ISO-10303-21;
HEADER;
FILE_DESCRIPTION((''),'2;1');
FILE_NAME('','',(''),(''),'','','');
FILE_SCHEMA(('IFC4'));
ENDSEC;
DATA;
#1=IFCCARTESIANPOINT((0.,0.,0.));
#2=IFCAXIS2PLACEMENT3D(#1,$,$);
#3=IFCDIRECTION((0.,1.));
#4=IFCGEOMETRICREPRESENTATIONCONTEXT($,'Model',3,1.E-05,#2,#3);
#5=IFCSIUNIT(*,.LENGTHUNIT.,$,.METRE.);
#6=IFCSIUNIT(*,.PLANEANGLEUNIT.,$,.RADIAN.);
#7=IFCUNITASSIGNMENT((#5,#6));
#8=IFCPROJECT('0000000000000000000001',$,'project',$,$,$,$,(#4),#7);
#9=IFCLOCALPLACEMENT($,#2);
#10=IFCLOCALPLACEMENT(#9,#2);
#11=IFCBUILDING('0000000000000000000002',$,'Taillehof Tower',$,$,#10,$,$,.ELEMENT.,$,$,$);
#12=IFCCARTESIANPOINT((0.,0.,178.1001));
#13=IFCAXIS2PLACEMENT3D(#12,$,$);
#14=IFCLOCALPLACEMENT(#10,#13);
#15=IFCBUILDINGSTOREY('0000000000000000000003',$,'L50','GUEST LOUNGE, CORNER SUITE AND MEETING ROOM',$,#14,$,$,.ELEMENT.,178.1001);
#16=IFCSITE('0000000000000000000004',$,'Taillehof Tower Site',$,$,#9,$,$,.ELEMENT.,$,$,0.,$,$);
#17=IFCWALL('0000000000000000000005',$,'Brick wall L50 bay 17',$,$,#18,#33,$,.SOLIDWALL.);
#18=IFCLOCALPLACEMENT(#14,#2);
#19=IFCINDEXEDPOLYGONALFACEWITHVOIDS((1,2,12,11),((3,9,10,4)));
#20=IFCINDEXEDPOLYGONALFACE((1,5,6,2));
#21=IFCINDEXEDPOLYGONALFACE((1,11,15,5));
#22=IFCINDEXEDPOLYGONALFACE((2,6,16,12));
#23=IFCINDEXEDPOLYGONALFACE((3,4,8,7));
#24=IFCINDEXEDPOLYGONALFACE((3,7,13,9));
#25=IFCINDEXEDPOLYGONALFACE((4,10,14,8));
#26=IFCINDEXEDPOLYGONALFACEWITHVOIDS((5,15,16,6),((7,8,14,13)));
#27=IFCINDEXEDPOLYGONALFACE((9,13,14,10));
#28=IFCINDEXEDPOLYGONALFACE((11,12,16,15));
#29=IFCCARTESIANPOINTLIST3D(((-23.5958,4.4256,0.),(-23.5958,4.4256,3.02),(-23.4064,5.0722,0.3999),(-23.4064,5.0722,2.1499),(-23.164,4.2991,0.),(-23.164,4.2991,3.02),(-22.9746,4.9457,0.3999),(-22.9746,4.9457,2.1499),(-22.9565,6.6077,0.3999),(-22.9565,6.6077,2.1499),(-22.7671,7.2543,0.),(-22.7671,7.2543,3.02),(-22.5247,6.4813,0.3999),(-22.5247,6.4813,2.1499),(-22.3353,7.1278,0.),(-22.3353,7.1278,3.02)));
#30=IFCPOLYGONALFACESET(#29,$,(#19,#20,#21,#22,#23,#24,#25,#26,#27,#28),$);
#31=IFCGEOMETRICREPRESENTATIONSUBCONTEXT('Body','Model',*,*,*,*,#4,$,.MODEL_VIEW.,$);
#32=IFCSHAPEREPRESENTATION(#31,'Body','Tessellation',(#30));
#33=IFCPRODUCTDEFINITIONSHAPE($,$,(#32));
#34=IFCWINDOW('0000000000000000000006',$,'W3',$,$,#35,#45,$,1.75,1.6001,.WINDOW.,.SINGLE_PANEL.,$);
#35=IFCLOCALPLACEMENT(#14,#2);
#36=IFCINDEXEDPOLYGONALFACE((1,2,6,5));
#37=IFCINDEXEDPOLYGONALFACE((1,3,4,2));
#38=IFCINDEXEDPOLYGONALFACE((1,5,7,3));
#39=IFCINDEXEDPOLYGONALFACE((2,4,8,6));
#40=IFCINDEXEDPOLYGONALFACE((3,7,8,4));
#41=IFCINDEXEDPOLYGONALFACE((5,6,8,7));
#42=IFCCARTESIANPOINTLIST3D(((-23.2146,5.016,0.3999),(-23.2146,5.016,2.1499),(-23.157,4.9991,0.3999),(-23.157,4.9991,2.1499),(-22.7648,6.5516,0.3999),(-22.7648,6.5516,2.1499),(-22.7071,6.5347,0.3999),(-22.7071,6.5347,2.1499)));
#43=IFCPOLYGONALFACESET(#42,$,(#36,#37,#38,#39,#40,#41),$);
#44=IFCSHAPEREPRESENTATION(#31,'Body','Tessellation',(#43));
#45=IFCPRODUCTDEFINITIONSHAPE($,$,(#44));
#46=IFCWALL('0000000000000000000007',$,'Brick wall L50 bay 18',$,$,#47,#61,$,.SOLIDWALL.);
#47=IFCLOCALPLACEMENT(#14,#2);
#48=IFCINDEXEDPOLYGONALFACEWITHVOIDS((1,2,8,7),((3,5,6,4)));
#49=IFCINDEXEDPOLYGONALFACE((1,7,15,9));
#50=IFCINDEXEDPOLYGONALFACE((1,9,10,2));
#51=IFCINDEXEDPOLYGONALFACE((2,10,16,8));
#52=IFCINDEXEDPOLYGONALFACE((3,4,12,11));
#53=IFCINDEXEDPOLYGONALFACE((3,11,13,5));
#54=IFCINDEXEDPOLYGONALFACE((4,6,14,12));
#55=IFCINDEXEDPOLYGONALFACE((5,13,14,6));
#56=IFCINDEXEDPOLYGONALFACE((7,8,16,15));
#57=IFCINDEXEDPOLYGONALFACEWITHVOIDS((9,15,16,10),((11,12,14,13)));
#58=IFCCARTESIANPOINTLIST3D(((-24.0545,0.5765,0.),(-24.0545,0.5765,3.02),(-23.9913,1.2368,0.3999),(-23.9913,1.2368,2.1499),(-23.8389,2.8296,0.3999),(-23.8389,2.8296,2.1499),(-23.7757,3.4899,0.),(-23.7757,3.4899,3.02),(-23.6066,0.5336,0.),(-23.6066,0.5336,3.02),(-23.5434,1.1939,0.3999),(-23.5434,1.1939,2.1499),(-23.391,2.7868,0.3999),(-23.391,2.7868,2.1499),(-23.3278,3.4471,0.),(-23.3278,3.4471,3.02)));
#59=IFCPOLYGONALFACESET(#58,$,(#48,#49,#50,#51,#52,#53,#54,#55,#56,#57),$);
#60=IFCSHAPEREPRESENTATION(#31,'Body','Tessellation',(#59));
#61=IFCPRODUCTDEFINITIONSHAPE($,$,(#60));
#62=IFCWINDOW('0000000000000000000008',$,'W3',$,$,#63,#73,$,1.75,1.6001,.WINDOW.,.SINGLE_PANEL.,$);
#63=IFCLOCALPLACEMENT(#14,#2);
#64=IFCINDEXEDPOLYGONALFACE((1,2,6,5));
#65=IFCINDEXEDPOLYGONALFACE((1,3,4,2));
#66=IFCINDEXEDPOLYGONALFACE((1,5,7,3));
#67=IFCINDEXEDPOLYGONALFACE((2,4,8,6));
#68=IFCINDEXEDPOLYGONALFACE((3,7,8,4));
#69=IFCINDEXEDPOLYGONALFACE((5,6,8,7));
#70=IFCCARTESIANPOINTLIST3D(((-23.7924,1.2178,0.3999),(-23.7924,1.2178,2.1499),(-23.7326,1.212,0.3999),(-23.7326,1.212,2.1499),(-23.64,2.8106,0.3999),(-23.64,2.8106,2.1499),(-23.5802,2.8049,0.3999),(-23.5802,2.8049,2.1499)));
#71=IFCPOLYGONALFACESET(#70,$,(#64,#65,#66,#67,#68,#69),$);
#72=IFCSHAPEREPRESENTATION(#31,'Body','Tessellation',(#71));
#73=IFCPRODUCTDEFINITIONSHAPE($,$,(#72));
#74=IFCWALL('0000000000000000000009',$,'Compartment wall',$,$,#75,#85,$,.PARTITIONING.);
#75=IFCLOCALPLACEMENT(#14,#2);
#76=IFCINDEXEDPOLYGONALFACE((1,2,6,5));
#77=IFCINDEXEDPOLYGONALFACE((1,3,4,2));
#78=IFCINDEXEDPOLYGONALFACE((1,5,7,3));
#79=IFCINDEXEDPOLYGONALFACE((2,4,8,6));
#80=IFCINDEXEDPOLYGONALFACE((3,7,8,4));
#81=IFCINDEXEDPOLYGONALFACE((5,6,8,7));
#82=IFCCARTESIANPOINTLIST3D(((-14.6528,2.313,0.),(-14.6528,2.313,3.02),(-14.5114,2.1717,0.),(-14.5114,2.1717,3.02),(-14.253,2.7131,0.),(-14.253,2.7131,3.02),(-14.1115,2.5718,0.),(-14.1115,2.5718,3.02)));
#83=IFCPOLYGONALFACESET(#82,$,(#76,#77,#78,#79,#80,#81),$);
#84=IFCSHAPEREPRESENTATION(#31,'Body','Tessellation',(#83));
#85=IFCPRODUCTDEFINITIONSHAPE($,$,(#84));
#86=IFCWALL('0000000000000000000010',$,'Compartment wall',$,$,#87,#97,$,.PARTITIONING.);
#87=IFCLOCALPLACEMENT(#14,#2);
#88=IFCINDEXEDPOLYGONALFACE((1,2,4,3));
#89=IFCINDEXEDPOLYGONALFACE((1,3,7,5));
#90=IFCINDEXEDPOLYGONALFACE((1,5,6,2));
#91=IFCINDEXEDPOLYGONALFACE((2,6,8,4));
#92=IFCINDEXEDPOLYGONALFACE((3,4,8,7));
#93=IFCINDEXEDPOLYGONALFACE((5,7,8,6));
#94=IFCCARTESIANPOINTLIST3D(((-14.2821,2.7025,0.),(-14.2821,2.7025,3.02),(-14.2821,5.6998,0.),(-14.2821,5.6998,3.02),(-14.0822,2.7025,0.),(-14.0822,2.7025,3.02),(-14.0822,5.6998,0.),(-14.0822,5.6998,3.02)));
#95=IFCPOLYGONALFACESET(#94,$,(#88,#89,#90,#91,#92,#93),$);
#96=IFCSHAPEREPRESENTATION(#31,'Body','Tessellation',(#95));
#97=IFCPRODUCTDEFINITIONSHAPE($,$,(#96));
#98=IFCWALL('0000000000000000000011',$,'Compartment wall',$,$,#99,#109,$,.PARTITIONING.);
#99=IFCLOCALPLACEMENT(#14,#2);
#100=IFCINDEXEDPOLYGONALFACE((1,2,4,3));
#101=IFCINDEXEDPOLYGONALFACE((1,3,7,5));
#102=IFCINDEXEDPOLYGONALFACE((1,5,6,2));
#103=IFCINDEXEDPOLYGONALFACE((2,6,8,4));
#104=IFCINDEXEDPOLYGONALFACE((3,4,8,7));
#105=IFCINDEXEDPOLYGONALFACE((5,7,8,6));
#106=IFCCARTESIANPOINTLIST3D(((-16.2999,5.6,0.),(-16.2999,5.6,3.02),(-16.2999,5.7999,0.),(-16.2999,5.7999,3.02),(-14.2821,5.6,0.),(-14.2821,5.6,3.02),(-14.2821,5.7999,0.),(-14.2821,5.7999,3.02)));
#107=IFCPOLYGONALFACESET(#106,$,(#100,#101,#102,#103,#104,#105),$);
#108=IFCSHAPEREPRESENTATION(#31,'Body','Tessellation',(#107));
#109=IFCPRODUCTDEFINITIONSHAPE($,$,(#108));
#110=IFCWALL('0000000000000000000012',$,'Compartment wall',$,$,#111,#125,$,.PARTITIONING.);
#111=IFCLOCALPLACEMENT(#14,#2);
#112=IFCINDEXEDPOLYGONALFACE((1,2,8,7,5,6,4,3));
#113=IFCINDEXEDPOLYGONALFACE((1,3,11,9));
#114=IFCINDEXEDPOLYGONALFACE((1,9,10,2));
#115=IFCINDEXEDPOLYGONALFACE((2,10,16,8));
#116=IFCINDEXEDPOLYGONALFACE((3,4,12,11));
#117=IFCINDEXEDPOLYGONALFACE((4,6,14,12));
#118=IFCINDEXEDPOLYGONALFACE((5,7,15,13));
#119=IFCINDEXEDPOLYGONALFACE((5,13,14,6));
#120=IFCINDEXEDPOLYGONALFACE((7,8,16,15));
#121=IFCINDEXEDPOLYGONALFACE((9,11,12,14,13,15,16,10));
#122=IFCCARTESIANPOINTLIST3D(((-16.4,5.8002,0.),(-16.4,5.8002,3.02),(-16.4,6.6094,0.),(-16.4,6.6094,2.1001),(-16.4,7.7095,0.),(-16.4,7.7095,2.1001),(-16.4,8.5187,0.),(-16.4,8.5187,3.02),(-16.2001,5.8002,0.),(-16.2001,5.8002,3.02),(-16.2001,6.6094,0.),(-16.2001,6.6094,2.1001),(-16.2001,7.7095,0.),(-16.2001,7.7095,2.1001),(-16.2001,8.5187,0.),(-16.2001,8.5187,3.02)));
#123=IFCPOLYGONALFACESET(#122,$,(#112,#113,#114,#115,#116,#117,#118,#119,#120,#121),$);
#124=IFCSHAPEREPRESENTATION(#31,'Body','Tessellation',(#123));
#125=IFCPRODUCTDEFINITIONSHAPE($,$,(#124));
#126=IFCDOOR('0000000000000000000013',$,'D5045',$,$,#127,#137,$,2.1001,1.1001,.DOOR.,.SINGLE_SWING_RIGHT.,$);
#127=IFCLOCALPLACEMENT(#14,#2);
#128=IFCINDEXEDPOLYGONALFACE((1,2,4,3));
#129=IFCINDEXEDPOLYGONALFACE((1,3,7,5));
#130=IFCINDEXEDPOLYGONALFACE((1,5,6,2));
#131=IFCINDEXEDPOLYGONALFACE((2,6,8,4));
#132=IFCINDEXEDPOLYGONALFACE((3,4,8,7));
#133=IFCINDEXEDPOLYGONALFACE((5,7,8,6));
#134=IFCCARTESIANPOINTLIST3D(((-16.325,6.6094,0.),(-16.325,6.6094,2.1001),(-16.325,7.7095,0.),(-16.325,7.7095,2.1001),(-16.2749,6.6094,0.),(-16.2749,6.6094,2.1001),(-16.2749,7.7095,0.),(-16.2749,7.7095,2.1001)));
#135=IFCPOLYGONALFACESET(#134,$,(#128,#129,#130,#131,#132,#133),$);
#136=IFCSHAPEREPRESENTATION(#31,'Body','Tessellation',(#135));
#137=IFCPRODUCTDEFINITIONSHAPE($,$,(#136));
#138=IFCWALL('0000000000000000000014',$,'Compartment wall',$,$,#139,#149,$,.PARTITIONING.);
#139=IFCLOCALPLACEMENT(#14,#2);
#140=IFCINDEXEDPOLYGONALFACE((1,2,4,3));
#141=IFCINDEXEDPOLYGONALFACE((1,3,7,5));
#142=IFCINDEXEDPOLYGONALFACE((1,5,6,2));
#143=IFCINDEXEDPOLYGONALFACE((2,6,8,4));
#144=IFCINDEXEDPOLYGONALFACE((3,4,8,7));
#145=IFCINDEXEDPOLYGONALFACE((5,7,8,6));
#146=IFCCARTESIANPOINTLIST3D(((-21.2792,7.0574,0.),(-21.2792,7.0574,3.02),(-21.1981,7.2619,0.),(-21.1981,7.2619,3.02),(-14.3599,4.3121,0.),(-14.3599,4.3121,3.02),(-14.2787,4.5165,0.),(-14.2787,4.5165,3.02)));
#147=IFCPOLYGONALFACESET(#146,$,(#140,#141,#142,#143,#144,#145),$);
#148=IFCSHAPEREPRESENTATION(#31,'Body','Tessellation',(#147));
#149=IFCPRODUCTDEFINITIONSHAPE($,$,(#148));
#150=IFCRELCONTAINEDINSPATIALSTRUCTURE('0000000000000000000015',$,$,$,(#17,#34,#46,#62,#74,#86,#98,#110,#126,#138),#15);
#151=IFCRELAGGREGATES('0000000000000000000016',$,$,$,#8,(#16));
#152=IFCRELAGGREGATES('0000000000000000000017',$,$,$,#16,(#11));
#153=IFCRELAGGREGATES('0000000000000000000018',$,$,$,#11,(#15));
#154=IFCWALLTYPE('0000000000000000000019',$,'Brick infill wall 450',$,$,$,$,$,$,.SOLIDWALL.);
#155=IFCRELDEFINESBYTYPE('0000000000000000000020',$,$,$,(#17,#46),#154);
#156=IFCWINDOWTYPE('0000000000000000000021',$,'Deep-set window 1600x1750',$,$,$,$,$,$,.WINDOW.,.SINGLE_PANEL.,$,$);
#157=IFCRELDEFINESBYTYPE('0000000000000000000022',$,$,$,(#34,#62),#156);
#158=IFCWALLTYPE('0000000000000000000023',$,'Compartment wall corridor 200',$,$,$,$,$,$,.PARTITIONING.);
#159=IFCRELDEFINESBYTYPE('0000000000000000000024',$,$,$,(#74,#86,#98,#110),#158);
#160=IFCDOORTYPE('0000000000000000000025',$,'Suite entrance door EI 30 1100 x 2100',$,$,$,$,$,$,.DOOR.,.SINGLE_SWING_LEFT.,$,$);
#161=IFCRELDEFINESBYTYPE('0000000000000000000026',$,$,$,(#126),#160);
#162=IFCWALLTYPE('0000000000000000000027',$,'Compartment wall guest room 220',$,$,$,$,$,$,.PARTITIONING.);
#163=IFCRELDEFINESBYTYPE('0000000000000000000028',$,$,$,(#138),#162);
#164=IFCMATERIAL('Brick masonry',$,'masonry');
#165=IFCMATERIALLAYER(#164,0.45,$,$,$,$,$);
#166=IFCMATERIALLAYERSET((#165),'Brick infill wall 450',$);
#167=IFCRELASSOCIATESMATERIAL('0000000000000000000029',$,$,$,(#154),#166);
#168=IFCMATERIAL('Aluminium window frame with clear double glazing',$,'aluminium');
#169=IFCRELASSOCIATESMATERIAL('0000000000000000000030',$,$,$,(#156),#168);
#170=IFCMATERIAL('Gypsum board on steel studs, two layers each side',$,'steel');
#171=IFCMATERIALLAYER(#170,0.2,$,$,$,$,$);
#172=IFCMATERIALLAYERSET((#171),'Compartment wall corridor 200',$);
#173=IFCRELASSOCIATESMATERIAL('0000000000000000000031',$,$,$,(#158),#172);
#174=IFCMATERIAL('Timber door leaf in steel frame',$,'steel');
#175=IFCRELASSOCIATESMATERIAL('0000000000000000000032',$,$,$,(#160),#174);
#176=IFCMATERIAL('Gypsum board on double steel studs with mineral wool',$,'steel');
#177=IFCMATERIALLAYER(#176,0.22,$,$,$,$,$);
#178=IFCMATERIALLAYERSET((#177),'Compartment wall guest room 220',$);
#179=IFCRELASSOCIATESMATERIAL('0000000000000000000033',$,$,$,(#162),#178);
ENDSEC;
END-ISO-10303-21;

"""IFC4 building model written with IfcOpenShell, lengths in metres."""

from ifc_helpers import new_model, si_unit, direction, frame, frame_2d, origin, place, context, subcontext, project, spatial, rectangle, extrude, material, layer, layer_set, type_object, element, fill, save


model = new_model("IFC4")

# Units and contexts
model_context = context("Model", 3, precision=1e-05, world=origin(), true_north=direction((0.0, 1.0)))
body_context = subcontext(model_context, "Body", "Model", "MODEL_VIEW")
ifc_project = project(units=[si_unit("LENGTHUNIT", "METRE"), si_unit("PLANEANGLEUNIT", "RADIAN")], contexts=[model_context])

# Site, building, storey
site_placement = place(None, origin())
site = spatial("IfcSite", under=ifc_project, at=site_placement, Name="Taillehof Tower Site", CompositionType="ELEMENT", RefElevation=0.0)
building_placement = place(site_placement, origin())
building = spatial("IfcBuilding", under=site, at=building_placement, Name="Taillehof Tower", CompositionType="ELEMENT")
storey_placement = place(building_placement, frame((0.0, 0.0, 178.1001)))
storey = spatial("IfcBuildingStorey", under=building, at=storey_placement, Name="L50", Description="GUEST LOUNGE, CORNER SUITE AND MEETING ROOM", CompositionType="ELEMENT", Elevation=178.1001)

# Walls, openings, windows
ifc_material_1 = material(Name="Brick masonry", Category="masonry")
ifc_layer_1 = layer(ifc_material_1, 0.45)
ifc_layer_set_1 = layer_set([ifc_layer_1], Name="Brick infill wall 450")
wall_type_1 = type_object("IfcWallType", Name="Brick infill wall 450", PredefinedType="SOLIDWALL", material=ifc_layer_set_1)
wall_1_placement = place(storey_placement, frame((-22.5513, 7.1909, 0.0), z_axis=(0.0, 0.0, 1.0), x_axis=(-0.281126, -0.959671, 0.0)))
wall_1 = element("IfcWall", 1, at=wall_1_placement, inside=storey, type_object=wall_type_1, Name="Brick wall L50 bay 17", PredefinedType="SOLIDWALL", context=body_context, shape_type="SweptSolid", body=[
    extrude(rectangle(XDim=2.9475, YDim=0.45, at=frame_2d((1.4736, 0.0))), origin(), (0.0, 0.0, 1.0), 3.02),
])
opening_1_placement = place(wall_1_placement, frame((0.6736, 0.0, 0.3999)))
opening_1 = element("IfcOpeningElement", 2, at=opening_1_placement, cuts=wall_1, PredefinedType="OPENING", context=body_context, shape_type="SweptSolid", body=[
    extrude(rectangle(XDim=1.6001, YDim=1.75, at=frame_2d((0.8, 0.875))), frame((0.0, 0.2349, 0.0), z_axis=(0.0, -1.0, 0.0), x_axis=(1.0, 0.0, 0.0)), (0.0, 0.0, 1.0), 0.47),
])
ifc_material_2 = material(Name="Aluminium window frame with clear double glazing", Category="aluminium")
window_type = type_object("IfcWindowType", Name="Deep-set window 1600x1750", PartitioningType="SINGLE_PANEL", PredefinedType="WINDOW", material=ifc_material_2)
window_1_placement = place(opening_1_placement, origin())
window_1 = element("IfcWindow", 3, at=window_1_placement, inside=storey, type_object=window_type, Name="W3", OverallHeight=1.75, OverallWidth=1.6001, PartitioningType="SINGLE_PANEL", PredefinedType="WINDOW", context=body_context, shape_type="SweptSolid", body=[
    extrude(rectangle(XDim=1.6001, YDim=1.75, at=frame_2d((0.8, 0.875))), frame((0.0, 0.0349, 0.0), z_axis=(0.0, -1.0, 0.0), x_axis=(1.0, 0.0, 0.0)), (0.0, 0.0, 1.0), 0.0601),
])
fill(opening_1, window_1)
wall_2_placement = place(storey_placement, frame((-23.5518, 3.4685, 0.0), z_axis=(0.0, 0.0, 1.0), x_axis=(-0.095266, -0.995452, 0.0)))
wall_2 = element("IfcWall", 4, at=wall_2_placement, inside=storey, type_object=wall_type_1, Name="Brick wall L50 bay 18", PredefinedType="SOLIDWALL", context=body_context, shape_type="SweptSolid", body=[
    extrude(rectangle(XDim=2.9268, YDim=0.45, at=frame_2d((1.4634, 0.0))), origin(), (0.0, 0.0, 1.0), 3.02),
])
opening_2_placement = place(wall_2_placement, frame((0.6633, 0.0, 0.3999)))
opening_2 = element("IfcOpeningElement", 5, at=opening_2_placement, cuts=wall_2, PredefinedType="OPENING", context=body_context, shape_type="SweptSolid", body=[
    extrude(rectangle(XDim=1.6001, YDim=1.75, at=frame_2d((0.8, 0.875))), frame((0.0, 0.2349, 0.0), z_axis=(0.0, -1.0, 0.0), x_axis=(1.0, 0.0, 0.0)), (0.0, 0.0, 1.0), 0.47),
])
window_2_placement = place(opening_2_placement, origin())
window_2 = element("IfcWindow", 6, at=window_2_placement, inside=storey, type_object=window_type, Name="W3", OverallHeight=1.75, OverallWidth=1.6001, PartitioningType="SINGLE_PANEL", PredefinedType="WINDOW", context=body_context, shape_type="SweptSolid", body=[
    extrude(rectangle(XDim=1.6001, YDim=1.75, at=frame_2d((0.8, 0.875))), frame((0.0, 0.0349, 0.0), z_axis=(0.0, -1.0, 0.0), x_axis=(1.0, 0.0, 0.0)), (0.0, 0.0, 1.0), 0.0601),
])
fill(opening_2, window_2)

# Walls
ifc_material_3 = material(Name="Gypsum board on steel studs, two layers each side", Category="steel")
ifc_layer_2 = layer(ifc_material_3, 0.2)
ifc_layer_set_2 = layer_set([ifc_layer_2], Name="Compartment wall corridor 200")
wall_type_2 = type_object("IfcWallType", Name="Compartment wall corridor 200", PredefinedType="PARTITIONING", material=ifc_layer_set_2)
wall_3_placement = place(storey_placement, frame((-14.582, 2.2424, 0.0), z_axis=(0.0, 0.0, 1.0), x_axis=(0.706891, 0.707323, 0.0)))
element("IfcWall", 7, at=wall_3_placement, inside=storey, type_object=wall_type_2, Name="Compartment wall", PredefinedType="PARTITIONING", context=body_context, shape_type="SweptSolid", body=[
    extrude(rectangle(XDim=0.5657, YDim=0.2, at=frame_2d((0.2827, 0.0))), origin(), (0.0, 0.0, 1.0), 3.02),
])
wall_4_placement = place(storey_placement, frame((-14.1821, 2.7026, 0.0), z_axis=(0.0, 0.0, 1.0), x_axis=(0.0, 1.0, 0.0)))
element("IfcWall", 8, at=wall_4_placement, inside=storey, type_object=wall_type_2, Name="Compartment wall", PredefinedType="PARTITIONING", context=body_context, shape_type="SweptSolid", body=[
    extrude(rectangle(XDim=2.9973, YDim=0.2, at=frame_2d((1.4985, 0.0))), origin(), (0.0, 0.0, 1.0), 3.02),
])
wall_5_placement = place(storey_placement, frame((-14.2822, 5.7, 0.0), z_axis=(0.0, 0.0, 1.0), x_axis=(-1.0, 0.0, 0.0)))
element("IfcWall", 9, at=wall_5_placement, inside=storey, type_object=wall_type_2, Name="Compartment wall", PredefinedType="PARTITIONING", context=body_context, shape_type="SweptSolid", body=[
    extrude(rectangle(XDim=2.0178, YDim=0.2, at=frame_2d((1.0088, 0.0))), origin(), (0.0, 0.0, 1.0), 3.02),
])

# Wall, opening, door
wall_6_placement = place(storey_placement, frame((-16.3, 5.8, 0.0), z_axis=(0.0, 0.0, 1.0), x_axis=(0.0, 1.0, 0.0)))
wall_6 = element("IfcWall", 10, at=wall_6_placement, inside=storey, type_object=wall_type_2, Name="Compartment wall", PredefinedType="PARTITIONING", context=body_context, shape_type="SweptSolid", body=[
    extrude(rectangle(XDim=2.7185, YDim=0.2, at=frame_2d((1.3594, 0.0))), origin(), (0.0, 0.0, 1.0), 3.02),
])
opening_3_placement = place(wall_6_placement, frame((0.8093, 0.0, 0.0)))
opening_3 = element("IfcOpeningElement", 11, at=opening_3_placement, cuts=wall_6, PredefinedType="OPENING", context=body_context, shape_type="SweptSolid", body=[
    extrude(rectangle(XDim=1.1001, YDim=2.1001, at=frame_2d((0.55, 1.05))), frame((0.0, 0.1099, 0.0), z_axis=(0.0, -1.0, 0.0), x_axis=(1.0, 0.0, 0.0)), (0.0, 0.0, 1.0), 0.22),
])
ifc_material_4 = material(Name="Timber door leaf in steel frame", Category="steel")
door_type = type_object("IfcDoorType", Name="Suite entrance door EI 30 1100 x 2100", OperationType="SINGLE_SWING_LEFT", PredefinedType="DOOR", material=ifc_material_4)
door_placement = place(opening_3_placement, origin())
door = element("IfcDoor", 12, at=door_placement, inside=storey, type_object=door_type, Name="D5045", OperationType="SINGLE_SWING_RIGHT", OverallHeight=2.1001, OverallWidth=1.1001, PredefinedType="DOOR", context=body_context, shape_type="SweptSolid", body=[
    extrude(rectangle(XDim=1.1001, YDim=2.1001, at=frame_2d((0.55, 1.05))), frame((0.0, 0.0249, 0.0), z_axis=(0.0, -1.0, 0.0), x_axis=(1.0, 0.0, 0.0)), (0.0, 0.0, 1.0), 0.05),
])
fill(opening_3, door)

# Wall
ifc_material_5 = material(Name="Gypsum board on double steel studs with mineral wool", Category="steel")
ifc_layer_3 = layer(ifc_material_5, 0.22)
ifc_layer_set_3 = layer_set([ifc_layer_3], Name="Compartment wall guest room 220")
wall_type_3 = type_object("IfcWallType", Name="Compartment wall guest room 220", PredefinedType="PARTITIONING", material=ifc_layer_set_3)
wall_7_placement = place(storey_placement, frame((-21.2388, 7.1597, 0.0), z_axis=(0.0, 0.0, 1.0), x_axis=(0.929511, -0.368794, 0.0)))
element("IfcWall", 13, at=wall_7_placement, inside=storey, type_object=wall_type_3, Name="Compartment wall", PredefinedType="PARTITIONING", context=body_context, shape_type="SweptSolid", body=[
    extrude(rectangle(XDim=7.4441, YDim=0.22, at=frame_2d((3.7222, 0.0))), origin(), (0.0, 0.0, 1.0), 3.02),
])

save(model, "model.ifc")
